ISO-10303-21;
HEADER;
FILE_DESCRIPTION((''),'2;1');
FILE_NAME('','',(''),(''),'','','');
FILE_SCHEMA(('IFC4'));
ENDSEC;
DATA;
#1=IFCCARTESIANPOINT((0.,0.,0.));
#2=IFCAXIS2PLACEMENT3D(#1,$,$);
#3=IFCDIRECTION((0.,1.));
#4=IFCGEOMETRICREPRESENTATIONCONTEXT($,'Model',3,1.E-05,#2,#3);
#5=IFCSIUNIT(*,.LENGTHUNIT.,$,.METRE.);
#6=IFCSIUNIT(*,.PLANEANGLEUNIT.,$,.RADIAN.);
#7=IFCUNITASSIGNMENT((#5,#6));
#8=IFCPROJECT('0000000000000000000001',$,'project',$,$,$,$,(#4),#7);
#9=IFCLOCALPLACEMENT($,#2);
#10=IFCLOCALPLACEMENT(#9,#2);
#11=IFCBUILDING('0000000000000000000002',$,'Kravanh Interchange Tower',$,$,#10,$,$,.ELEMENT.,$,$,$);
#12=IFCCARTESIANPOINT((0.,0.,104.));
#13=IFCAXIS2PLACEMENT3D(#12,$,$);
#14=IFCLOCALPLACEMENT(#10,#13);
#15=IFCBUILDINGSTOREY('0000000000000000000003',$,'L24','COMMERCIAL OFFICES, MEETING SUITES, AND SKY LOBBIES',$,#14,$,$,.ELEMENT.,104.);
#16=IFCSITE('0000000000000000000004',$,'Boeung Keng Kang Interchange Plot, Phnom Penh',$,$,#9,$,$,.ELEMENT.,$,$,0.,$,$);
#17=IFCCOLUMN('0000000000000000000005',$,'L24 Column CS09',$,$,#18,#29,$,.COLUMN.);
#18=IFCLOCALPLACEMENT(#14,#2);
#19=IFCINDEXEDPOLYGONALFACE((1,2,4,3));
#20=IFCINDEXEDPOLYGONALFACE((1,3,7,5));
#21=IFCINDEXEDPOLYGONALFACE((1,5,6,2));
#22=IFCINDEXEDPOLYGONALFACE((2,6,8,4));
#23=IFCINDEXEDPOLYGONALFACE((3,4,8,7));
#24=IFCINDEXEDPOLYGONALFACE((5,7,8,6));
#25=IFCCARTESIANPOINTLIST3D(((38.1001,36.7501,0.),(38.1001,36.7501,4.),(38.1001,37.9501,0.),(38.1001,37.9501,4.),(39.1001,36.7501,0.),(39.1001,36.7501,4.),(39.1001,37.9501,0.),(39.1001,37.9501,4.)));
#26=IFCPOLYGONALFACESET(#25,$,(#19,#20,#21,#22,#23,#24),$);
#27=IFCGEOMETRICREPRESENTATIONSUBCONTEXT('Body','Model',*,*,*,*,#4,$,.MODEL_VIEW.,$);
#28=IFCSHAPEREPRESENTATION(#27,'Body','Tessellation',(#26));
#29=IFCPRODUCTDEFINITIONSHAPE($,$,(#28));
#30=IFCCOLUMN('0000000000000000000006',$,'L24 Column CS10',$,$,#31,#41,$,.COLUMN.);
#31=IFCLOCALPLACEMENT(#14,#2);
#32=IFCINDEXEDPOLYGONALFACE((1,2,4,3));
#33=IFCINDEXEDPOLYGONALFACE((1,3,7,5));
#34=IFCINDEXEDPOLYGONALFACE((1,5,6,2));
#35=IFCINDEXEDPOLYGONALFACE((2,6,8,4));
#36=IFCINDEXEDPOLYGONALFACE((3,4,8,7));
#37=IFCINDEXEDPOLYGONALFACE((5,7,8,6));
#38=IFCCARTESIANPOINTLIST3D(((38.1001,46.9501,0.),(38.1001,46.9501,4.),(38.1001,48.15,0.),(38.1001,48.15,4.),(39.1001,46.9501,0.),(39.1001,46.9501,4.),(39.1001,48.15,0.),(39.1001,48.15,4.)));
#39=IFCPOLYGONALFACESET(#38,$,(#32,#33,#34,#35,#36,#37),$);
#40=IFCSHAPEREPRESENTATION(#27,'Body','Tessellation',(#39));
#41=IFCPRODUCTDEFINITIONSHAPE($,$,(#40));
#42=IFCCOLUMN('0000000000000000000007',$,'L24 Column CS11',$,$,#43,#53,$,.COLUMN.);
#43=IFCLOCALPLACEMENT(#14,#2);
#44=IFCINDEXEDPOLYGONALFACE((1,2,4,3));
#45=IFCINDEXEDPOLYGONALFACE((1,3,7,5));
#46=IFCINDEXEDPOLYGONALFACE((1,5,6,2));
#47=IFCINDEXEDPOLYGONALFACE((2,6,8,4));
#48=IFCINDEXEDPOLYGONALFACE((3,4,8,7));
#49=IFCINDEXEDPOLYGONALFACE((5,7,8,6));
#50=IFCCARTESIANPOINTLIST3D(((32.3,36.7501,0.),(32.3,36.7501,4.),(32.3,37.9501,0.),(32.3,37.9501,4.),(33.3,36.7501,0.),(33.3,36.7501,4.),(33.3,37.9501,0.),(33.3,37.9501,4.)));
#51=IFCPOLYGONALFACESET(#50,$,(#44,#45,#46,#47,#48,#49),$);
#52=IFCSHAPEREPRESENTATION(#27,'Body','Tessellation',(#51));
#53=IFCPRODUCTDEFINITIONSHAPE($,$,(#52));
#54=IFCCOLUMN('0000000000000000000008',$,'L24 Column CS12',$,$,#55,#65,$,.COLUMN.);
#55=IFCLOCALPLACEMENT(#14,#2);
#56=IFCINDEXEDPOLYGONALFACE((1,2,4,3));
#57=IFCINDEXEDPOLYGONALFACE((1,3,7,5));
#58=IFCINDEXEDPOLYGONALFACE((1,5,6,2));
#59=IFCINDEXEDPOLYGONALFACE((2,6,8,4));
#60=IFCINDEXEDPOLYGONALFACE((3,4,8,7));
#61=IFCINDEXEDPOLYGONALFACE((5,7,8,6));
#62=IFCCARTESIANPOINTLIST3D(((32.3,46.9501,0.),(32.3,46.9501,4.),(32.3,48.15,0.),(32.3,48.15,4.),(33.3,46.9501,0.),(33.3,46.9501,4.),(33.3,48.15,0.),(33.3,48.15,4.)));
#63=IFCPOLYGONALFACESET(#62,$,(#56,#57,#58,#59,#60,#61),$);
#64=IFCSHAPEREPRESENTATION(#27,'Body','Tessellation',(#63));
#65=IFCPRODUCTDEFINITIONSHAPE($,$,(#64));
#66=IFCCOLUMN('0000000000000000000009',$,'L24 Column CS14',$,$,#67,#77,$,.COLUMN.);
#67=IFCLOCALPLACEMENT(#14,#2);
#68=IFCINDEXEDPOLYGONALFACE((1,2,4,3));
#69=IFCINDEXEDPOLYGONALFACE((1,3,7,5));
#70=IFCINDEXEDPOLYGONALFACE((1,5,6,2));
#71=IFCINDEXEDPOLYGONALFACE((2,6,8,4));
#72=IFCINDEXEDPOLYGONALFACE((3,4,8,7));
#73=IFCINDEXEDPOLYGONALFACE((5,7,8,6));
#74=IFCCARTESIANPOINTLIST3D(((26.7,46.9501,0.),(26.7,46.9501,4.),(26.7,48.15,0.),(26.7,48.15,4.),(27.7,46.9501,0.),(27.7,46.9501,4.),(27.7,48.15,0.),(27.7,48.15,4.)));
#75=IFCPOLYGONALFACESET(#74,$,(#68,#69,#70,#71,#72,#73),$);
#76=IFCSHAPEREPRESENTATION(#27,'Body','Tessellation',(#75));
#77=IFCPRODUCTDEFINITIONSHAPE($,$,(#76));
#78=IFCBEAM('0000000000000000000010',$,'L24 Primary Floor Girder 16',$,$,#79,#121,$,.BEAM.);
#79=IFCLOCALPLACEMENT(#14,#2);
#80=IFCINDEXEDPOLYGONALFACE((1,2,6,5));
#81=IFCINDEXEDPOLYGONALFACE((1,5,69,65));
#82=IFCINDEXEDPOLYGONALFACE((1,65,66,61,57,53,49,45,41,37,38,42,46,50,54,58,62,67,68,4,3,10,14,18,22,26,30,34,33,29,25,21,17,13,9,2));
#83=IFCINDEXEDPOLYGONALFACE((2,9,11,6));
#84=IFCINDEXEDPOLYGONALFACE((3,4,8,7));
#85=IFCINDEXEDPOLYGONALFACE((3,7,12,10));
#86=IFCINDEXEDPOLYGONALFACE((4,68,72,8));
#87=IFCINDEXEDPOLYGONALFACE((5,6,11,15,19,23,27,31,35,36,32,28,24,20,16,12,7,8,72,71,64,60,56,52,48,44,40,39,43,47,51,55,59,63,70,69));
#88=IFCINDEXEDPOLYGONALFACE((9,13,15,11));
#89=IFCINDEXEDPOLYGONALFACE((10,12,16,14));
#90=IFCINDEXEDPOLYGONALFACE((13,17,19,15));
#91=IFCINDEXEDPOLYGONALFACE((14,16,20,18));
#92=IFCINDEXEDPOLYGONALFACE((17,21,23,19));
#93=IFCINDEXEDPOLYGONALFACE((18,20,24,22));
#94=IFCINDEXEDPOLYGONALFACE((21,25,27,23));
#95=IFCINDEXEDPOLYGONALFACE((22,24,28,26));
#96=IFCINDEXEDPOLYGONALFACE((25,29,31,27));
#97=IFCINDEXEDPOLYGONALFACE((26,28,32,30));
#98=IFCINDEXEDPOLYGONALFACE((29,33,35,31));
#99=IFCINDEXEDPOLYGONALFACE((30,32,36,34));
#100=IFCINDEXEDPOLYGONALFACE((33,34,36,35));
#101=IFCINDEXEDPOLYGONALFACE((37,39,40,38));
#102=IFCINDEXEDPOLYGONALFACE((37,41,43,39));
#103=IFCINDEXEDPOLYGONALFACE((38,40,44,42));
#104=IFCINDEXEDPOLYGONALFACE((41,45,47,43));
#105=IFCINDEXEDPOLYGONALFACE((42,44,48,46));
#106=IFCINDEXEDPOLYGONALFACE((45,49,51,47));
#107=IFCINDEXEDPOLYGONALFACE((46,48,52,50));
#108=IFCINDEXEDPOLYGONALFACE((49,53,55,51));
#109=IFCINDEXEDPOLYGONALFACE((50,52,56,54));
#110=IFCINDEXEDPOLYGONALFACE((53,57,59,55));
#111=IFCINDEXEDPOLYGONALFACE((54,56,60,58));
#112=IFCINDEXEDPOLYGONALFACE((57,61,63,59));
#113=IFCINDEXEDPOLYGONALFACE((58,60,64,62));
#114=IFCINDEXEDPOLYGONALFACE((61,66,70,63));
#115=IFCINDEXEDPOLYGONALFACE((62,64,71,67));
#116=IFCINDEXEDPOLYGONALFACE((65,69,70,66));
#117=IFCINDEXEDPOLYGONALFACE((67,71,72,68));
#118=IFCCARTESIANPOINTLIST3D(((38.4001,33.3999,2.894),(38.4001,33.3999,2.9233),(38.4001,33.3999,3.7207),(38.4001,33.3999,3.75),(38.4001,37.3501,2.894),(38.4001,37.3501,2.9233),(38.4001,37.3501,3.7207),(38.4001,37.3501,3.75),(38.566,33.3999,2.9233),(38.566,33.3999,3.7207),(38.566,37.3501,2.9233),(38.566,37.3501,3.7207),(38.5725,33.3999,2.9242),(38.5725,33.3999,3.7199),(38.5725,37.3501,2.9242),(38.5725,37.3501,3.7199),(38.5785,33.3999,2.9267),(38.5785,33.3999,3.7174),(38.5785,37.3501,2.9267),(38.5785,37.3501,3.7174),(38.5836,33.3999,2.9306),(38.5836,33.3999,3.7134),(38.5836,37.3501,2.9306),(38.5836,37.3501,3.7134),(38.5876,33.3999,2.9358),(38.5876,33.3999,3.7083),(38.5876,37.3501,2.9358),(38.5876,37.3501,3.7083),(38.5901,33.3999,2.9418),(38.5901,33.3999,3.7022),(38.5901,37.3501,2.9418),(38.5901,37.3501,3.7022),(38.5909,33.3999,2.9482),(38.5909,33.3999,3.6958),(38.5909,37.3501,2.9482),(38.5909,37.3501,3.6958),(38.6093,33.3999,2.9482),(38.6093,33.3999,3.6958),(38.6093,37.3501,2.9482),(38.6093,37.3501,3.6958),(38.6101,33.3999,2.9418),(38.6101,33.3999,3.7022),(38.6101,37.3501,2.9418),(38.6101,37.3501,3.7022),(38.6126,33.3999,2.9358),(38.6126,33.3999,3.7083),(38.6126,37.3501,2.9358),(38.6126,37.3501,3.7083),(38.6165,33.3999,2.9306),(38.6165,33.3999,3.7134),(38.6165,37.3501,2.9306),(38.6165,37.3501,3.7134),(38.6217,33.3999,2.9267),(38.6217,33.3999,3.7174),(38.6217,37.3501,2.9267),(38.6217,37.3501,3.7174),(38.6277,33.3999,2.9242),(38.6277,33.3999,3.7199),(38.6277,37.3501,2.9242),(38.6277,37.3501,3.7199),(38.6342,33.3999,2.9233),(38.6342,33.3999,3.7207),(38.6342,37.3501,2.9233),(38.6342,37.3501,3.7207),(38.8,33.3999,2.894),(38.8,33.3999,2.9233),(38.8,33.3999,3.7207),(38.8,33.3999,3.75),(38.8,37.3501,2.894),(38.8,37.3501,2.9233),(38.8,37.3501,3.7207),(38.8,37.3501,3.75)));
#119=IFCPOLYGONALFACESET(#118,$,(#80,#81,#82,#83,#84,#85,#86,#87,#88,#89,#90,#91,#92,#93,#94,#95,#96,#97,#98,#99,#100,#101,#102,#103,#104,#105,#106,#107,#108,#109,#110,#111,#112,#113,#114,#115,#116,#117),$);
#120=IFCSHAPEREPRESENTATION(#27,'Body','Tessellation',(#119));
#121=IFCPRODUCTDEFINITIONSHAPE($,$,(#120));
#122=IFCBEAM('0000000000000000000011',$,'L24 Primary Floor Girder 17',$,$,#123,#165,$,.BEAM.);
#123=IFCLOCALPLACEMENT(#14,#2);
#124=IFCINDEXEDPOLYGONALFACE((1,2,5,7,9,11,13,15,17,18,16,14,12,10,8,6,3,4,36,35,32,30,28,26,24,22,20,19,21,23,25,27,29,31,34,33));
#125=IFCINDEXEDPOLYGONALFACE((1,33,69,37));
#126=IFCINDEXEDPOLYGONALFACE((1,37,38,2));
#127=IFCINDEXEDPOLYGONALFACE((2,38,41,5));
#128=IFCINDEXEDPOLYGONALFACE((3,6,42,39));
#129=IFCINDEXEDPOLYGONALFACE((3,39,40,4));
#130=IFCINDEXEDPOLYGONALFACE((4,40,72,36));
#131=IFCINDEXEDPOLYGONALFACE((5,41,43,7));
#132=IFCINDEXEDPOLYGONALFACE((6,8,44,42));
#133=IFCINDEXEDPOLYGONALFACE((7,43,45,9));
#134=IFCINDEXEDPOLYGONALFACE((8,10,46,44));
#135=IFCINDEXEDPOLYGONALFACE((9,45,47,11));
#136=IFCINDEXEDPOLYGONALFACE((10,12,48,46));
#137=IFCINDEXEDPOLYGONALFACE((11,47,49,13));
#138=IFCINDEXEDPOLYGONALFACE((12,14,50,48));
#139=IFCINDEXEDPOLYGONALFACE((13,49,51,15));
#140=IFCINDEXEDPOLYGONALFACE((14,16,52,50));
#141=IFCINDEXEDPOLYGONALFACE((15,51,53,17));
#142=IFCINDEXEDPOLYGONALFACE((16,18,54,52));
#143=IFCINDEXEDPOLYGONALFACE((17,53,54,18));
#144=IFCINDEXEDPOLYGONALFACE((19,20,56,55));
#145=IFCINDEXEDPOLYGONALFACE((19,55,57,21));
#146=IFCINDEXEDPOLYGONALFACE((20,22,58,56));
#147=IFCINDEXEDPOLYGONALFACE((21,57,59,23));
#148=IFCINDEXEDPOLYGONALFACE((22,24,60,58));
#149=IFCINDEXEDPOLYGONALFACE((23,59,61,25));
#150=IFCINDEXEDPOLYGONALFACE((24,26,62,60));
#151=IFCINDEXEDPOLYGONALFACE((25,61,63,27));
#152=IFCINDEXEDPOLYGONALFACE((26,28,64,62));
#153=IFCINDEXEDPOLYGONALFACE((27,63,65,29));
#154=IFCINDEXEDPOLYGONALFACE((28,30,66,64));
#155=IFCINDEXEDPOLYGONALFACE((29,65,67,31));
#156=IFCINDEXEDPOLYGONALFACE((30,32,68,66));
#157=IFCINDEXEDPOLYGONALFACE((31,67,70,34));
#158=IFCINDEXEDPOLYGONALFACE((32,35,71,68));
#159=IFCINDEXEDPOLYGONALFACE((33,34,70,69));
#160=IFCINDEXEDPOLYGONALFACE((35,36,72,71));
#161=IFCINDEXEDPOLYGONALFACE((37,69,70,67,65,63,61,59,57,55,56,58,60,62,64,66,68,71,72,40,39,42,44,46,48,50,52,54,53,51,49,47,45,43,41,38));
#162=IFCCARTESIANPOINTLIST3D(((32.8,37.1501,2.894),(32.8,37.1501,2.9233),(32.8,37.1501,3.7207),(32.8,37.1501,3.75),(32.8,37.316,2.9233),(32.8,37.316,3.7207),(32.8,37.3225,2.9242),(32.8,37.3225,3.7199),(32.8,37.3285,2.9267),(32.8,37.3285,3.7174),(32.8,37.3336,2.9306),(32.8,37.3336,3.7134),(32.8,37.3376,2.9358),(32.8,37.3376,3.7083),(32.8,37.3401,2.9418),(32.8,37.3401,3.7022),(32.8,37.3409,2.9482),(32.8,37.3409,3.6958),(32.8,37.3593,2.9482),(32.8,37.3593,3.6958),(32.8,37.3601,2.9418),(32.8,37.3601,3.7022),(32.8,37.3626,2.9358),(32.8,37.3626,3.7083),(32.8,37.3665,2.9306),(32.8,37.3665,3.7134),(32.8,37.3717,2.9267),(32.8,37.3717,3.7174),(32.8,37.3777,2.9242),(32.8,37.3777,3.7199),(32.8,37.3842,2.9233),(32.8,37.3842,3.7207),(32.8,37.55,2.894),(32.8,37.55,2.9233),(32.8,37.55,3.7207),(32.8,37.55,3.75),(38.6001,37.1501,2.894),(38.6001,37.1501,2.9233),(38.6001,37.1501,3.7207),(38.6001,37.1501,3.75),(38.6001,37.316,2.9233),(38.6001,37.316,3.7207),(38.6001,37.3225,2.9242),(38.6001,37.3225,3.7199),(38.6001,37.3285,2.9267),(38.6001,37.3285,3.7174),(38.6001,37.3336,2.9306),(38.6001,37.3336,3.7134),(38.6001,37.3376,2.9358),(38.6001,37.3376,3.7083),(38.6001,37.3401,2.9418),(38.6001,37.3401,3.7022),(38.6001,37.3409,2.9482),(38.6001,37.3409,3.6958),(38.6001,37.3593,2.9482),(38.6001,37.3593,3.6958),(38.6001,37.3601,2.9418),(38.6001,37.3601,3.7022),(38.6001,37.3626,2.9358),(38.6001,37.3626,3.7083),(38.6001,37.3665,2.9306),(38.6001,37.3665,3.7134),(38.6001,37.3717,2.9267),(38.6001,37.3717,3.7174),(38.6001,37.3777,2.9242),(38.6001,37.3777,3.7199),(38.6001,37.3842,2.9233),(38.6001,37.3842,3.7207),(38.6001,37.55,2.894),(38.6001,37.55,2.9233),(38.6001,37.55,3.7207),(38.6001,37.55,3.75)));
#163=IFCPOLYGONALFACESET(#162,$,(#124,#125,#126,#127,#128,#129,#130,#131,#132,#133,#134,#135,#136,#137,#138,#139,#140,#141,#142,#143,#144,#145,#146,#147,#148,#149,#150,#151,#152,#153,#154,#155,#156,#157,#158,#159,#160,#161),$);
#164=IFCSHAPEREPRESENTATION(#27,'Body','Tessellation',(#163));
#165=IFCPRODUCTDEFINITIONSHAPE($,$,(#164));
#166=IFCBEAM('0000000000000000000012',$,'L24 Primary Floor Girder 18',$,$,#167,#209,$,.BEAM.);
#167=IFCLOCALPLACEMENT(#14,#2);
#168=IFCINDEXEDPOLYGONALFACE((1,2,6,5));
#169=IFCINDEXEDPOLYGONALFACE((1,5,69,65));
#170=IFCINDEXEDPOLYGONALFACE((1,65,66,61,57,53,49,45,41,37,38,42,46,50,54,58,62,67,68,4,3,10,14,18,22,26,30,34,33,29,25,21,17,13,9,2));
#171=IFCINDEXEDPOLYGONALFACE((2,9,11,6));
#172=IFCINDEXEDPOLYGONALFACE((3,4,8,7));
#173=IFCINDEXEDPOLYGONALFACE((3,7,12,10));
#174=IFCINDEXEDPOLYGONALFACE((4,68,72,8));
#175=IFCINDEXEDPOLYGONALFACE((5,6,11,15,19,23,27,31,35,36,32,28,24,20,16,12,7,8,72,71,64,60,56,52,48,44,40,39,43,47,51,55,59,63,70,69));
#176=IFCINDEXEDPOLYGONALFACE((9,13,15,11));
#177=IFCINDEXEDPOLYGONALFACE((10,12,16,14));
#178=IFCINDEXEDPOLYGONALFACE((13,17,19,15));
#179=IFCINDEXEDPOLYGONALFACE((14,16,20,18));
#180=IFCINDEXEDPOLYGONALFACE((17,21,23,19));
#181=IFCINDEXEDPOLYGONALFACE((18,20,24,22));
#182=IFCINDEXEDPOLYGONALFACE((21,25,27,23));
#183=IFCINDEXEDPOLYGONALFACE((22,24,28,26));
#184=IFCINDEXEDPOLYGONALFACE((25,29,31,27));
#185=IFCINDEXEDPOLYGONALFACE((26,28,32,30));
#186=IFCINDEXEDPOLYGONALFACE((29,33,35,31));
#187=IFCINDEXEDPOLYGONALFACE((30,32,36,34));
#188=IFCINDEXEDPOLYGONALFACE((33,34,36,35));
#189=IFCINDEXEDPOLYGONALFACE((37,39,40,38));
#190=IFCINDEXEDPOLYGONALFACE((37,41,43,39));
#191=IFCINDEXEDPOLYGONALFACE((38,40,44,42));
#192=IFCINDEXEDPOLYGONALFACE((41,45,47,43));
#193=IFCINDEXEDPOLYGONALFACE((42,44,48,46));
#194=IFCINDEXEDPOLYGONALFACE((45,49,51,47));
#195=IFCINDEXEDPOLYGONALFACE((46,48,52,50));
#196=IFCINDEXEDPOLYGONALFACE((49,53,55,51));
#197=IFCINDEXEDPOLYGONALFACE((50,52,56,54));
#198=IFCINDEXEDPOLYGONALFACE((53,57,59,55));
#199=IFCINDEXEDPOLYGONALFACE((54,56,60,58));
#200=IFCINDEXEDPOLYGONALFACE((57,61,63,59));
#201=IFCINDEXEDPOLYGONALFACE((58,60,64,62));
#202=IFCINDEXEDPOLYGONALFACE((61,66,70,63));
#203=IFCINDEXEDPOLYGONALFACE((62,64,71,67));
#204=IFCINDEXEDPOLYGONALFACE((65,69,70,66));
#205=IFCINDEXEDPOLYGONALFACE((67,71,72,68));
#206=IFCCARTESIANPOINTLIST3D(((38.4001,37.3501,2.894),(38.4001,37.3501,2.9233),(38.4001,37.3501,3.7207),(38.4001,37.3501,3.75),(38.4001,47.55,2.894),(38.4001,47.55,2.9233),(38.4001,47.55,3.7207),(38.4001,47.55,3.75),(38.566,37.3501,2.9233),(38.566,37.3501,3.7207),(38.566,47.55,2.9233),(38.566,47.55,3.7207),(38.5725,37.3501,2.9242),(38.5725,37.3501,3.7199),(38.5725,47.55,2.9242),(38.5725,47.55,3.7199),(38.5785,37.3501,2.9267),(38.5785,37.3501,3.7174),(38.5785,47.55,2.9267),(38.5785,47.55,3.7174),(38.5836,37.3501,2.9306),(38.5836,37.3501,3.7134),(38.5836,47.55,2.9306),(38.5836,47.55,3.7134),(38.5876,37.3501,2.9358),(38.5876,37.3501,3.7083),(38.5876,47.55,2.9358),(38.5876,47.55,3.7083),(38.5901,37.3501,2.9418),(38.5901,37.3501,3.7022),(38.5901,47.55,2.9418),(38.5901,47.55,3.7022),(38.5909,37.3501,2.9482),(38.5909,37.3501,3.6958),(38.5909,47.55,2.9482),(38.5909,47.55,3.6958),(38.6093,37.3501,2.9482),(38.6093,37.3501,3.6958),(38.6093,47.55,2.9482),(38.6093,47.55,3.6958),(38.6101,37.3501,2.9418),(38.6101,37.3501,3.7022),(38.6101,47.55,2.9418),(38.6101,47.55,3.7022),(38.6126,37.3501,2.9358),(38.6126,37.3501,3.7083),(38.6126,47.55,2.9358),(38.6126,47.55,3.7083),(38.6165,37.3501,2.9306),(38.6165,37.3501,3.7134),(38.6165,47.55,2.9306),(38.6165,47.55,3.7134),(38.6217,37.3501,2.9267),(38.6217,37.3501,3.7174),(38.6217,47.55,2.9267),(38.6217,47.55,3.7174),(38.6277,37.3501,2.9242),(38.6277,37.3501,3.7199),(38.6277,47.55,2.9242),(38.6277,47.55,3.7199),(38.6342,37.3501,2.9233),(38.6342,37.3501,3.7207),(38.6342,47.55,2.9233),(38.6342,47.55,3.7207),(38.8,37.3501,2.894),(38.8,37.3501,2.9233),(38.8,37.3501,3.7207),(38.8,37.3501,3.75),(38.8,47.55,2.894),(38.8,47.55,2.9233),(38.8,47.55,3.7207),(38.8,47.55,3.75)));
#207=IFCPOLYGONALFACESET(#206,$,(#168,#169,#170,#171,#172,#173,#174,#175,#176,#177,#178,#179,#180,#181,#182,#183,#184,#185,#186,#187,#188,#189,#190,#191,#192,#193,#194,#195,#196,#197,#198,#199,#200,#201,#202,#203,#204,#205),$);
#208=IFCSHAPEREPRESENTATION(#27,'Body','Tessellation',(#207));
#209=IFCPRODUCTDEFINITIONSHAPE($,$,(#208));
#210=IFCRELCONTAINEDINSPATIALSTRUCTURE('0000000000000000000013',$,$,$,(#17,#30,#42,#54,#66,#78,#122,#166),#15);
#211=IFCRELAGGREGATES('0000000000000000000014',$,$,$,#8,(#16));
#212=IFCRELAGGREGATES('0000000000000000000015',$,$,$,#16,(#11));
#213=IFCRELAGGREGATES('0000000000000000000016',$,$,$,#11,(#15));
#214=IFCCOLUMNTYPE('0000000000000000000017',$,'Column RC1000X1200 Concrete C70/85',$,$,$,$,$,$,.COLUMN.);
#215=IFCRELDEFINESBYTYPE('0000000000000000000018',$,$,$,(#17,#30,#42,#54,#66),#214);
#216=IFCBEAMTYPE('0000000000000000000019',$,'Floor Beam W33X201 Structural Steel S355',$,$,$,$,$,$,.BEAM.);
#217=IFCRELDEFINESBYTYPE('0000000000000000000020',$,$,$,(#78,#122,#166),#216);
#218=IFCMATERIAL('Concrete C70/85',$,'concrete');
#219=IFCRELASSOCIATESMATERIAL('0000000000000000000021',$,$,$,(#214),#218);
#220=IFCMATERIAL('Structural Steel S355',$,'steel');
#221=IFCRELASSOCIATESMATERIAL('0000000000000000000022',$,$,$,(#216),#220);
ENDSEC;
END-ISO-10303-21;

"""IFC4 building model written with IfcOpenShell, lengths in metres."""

from ifc_helpers import new_model, si_unit, direction, frame, origin, origin_2d, place, context, subcontext, project, spatial, rectangle, i_section, extrude, material, material_profile, profile_set, type_object, element, save


model = new_model("IFC4")

# Units and contexts
model_context = context("Model", 3, precision=1e-05, world=origin(), true_north=direction((0.0, 1.0)))
body_context = subcontext(model_context, "Body", "Model", "MODEL_VIEW")
ifc_project = project(units=[si_unit("LENGTHUNIT", "METRE"), si_unit("PLANEANGLEUNIT", "RADIAN")], contexts=[model_context])

# Site, building, storey
site_placement = place(None, origin())
site = spatial("IfcSite", under=ifc_project, at=site_placement, Name="Boeung Keng Kang Interchange Plot, Phnom Penh", CompositionType="ELEMENT", RefElevation=0.0)
building_placement = place(site_placement, origin())
building = spatial("IfcBuilding", under=site, at=building_placement, Name="Kravanh Interchange Tower", CompositionType="ELEMENT")
storey_placement = place(building_placement, frame((0.0, 0.0, 104.0)))
storey = spatial("IfcBuildingStorey", under=building, at=storey_placement, Name="L24", Description="COMMERCIAL OFFICES, MEETING SUITES, AND SKY LOBBIES", CompositionType="ELEMENT", Elevation=104.0)

# Columns
ifc_material_1 = material(Name="Concrete C70/85", Category="concrete")
ifc_material_profile_1 = material_profile(ifc_material_1, rectangle(XDim=1.0, YDim=1.2, at=origin_2d()), Name="RC1000X1200")
ifc_profile_set_1 = profile_set([ifc_material_profile_1], Name="Concrete C70/85")
column_type = type_object("IfcColumnType", Name="Column RC1000X1200 Concrete C70/85", PredefinedType="COLUMN", material=ifc_profile_set_1)
for number, where, z_axis, x_axis, name in (
    (1, (38.6001, 37.3501, 0.0), (0.0, 0.0, 1.0), (1.0, 0.0, 0.0), "L24 Column CS09"),
    (2, (38.6001, 47.55, 0.0), (0.0, 0.0, 1.0), (1.0, 0.0, 0.0), "L24 Column CS10"),
    (3, (32.8, 37.3501, 0.0), (0.0, 0.0, 1.0), (1.0, 0.0, 0.0), "L24 Column CS11"),
    (4, (32.8, 47.55, 0.0), (0.0, 0.0, 1.0), (1.0, 0.0, 0.0), "L24 Column CS12"),
    (5, (27.2, 47.55, 0.0), (0.0, 0.0, 1.0), (1.0, 0.0, 0.0), "L24 Column CS14"),
):
    element("IfcColumn", number, at=place(storey_placement, frame(where, z_axis=z_axis, x_axis=x_axis)), inside=storey, type_object=column_type, Name=name, PredefinedType="COLUMN", context=body_context, shape_type="SweptSolid", body=[
        extrude(rectangle(XDim=1.0, YDim=1.2, at=origin_2d()), origin(), (0.0, 0.0, 1.0), 4.0),
    ])

# Beams
ifc_material_2 = material(Name="Structural Steel S355", Category="steel")
ifc_material_profile_2 = material_profile(ifc_material_2, i_section(OverallWidth=0.3999, OverallDepth=0.856, WebThickness=0.0183, FlangeThickness=0.0293, FilletRadius=0.0249, at=origin_2d()), Name="W33X201")
ifc_profile_set_2 = profile_set([ifc_material_profile_2], Name="Structural Steel S355")
beam_type = type_object("IfcBeamType", Name="Floor Beam W33X201 Structural Steel S355", PredefinedType="BEAM", material=ifc_profile_set_2)
beam_1_placement = place(storey_placement, frame((38.6001, 37.3501, 3.322), z_axis=(0.0, -1.0, 0.0), x_axis=(1.0, 0.0, 0.0)))
element("IfcBeam", 6, at=beam_1_placement, inside=storey, type_object=beam_type, Name="L24 Primary Floor Girder 16", PredefinedType="BEAM", context=body_context, shape_type="SweptSolid", body=[
    extrude(i_section(OverallWidth=0.3999, OverallDepth=0.856, WebThickness=0.0183, FlangeThickness=0.0293, FilletRadius=0.0249, at=origin_2d()), origin(), (0.0, 0.0, 1.0), 3.9502),
])
beam_2_placement = place(storey_placement, frame((38.6001, 37.3501, 3.322), z_axis=(-1.0, 0.0, 0.0), x_axis=(0.0, -1.0, 0.0)))
element("IfcBeam", 7, at=beam_2_placement, inside=storey, type_object=beam_type, Name="L24 Primary Floor Girder 17", PredefinedType="BEAM", context=body_context, shape_type="SweptSolid", body=[
    extrude(i_section(OverallWidth=0.3999, OverallDepth=0.856, WebThickness=0.0183, FlangeThickness=0.0293, FilletRadius=0.0249, at=origin_2d()), origin(), (0.0, 0.0, 1.0), 5.8),
])
beam_3_placement = place(storey_placement, frame((38.6001, 37.3501, 3.322), z_axis=(0.0, 1.0, 0.0), x_axis=(-1.0, 0.0, 0.0)))
element("IfcBeam", 8, at=beam_3_placement, inside=storey, type_object=beam_type, Name="L24 Primary Floor Girder 18", PredefinedType="BEAM", context=body_context, shape_type="SweptSolid", body=[
    extrude(i_section(OverallWidth=0.3999, OverallDepth=0.856, WebThickness=0.0183, FlangeThickness=0.0293, FilletRadius=0.0249, at=origin_2d()), origin(), (0.0, 0.0, 1.0), 10.2),
])

save(model, "model.ifc")
